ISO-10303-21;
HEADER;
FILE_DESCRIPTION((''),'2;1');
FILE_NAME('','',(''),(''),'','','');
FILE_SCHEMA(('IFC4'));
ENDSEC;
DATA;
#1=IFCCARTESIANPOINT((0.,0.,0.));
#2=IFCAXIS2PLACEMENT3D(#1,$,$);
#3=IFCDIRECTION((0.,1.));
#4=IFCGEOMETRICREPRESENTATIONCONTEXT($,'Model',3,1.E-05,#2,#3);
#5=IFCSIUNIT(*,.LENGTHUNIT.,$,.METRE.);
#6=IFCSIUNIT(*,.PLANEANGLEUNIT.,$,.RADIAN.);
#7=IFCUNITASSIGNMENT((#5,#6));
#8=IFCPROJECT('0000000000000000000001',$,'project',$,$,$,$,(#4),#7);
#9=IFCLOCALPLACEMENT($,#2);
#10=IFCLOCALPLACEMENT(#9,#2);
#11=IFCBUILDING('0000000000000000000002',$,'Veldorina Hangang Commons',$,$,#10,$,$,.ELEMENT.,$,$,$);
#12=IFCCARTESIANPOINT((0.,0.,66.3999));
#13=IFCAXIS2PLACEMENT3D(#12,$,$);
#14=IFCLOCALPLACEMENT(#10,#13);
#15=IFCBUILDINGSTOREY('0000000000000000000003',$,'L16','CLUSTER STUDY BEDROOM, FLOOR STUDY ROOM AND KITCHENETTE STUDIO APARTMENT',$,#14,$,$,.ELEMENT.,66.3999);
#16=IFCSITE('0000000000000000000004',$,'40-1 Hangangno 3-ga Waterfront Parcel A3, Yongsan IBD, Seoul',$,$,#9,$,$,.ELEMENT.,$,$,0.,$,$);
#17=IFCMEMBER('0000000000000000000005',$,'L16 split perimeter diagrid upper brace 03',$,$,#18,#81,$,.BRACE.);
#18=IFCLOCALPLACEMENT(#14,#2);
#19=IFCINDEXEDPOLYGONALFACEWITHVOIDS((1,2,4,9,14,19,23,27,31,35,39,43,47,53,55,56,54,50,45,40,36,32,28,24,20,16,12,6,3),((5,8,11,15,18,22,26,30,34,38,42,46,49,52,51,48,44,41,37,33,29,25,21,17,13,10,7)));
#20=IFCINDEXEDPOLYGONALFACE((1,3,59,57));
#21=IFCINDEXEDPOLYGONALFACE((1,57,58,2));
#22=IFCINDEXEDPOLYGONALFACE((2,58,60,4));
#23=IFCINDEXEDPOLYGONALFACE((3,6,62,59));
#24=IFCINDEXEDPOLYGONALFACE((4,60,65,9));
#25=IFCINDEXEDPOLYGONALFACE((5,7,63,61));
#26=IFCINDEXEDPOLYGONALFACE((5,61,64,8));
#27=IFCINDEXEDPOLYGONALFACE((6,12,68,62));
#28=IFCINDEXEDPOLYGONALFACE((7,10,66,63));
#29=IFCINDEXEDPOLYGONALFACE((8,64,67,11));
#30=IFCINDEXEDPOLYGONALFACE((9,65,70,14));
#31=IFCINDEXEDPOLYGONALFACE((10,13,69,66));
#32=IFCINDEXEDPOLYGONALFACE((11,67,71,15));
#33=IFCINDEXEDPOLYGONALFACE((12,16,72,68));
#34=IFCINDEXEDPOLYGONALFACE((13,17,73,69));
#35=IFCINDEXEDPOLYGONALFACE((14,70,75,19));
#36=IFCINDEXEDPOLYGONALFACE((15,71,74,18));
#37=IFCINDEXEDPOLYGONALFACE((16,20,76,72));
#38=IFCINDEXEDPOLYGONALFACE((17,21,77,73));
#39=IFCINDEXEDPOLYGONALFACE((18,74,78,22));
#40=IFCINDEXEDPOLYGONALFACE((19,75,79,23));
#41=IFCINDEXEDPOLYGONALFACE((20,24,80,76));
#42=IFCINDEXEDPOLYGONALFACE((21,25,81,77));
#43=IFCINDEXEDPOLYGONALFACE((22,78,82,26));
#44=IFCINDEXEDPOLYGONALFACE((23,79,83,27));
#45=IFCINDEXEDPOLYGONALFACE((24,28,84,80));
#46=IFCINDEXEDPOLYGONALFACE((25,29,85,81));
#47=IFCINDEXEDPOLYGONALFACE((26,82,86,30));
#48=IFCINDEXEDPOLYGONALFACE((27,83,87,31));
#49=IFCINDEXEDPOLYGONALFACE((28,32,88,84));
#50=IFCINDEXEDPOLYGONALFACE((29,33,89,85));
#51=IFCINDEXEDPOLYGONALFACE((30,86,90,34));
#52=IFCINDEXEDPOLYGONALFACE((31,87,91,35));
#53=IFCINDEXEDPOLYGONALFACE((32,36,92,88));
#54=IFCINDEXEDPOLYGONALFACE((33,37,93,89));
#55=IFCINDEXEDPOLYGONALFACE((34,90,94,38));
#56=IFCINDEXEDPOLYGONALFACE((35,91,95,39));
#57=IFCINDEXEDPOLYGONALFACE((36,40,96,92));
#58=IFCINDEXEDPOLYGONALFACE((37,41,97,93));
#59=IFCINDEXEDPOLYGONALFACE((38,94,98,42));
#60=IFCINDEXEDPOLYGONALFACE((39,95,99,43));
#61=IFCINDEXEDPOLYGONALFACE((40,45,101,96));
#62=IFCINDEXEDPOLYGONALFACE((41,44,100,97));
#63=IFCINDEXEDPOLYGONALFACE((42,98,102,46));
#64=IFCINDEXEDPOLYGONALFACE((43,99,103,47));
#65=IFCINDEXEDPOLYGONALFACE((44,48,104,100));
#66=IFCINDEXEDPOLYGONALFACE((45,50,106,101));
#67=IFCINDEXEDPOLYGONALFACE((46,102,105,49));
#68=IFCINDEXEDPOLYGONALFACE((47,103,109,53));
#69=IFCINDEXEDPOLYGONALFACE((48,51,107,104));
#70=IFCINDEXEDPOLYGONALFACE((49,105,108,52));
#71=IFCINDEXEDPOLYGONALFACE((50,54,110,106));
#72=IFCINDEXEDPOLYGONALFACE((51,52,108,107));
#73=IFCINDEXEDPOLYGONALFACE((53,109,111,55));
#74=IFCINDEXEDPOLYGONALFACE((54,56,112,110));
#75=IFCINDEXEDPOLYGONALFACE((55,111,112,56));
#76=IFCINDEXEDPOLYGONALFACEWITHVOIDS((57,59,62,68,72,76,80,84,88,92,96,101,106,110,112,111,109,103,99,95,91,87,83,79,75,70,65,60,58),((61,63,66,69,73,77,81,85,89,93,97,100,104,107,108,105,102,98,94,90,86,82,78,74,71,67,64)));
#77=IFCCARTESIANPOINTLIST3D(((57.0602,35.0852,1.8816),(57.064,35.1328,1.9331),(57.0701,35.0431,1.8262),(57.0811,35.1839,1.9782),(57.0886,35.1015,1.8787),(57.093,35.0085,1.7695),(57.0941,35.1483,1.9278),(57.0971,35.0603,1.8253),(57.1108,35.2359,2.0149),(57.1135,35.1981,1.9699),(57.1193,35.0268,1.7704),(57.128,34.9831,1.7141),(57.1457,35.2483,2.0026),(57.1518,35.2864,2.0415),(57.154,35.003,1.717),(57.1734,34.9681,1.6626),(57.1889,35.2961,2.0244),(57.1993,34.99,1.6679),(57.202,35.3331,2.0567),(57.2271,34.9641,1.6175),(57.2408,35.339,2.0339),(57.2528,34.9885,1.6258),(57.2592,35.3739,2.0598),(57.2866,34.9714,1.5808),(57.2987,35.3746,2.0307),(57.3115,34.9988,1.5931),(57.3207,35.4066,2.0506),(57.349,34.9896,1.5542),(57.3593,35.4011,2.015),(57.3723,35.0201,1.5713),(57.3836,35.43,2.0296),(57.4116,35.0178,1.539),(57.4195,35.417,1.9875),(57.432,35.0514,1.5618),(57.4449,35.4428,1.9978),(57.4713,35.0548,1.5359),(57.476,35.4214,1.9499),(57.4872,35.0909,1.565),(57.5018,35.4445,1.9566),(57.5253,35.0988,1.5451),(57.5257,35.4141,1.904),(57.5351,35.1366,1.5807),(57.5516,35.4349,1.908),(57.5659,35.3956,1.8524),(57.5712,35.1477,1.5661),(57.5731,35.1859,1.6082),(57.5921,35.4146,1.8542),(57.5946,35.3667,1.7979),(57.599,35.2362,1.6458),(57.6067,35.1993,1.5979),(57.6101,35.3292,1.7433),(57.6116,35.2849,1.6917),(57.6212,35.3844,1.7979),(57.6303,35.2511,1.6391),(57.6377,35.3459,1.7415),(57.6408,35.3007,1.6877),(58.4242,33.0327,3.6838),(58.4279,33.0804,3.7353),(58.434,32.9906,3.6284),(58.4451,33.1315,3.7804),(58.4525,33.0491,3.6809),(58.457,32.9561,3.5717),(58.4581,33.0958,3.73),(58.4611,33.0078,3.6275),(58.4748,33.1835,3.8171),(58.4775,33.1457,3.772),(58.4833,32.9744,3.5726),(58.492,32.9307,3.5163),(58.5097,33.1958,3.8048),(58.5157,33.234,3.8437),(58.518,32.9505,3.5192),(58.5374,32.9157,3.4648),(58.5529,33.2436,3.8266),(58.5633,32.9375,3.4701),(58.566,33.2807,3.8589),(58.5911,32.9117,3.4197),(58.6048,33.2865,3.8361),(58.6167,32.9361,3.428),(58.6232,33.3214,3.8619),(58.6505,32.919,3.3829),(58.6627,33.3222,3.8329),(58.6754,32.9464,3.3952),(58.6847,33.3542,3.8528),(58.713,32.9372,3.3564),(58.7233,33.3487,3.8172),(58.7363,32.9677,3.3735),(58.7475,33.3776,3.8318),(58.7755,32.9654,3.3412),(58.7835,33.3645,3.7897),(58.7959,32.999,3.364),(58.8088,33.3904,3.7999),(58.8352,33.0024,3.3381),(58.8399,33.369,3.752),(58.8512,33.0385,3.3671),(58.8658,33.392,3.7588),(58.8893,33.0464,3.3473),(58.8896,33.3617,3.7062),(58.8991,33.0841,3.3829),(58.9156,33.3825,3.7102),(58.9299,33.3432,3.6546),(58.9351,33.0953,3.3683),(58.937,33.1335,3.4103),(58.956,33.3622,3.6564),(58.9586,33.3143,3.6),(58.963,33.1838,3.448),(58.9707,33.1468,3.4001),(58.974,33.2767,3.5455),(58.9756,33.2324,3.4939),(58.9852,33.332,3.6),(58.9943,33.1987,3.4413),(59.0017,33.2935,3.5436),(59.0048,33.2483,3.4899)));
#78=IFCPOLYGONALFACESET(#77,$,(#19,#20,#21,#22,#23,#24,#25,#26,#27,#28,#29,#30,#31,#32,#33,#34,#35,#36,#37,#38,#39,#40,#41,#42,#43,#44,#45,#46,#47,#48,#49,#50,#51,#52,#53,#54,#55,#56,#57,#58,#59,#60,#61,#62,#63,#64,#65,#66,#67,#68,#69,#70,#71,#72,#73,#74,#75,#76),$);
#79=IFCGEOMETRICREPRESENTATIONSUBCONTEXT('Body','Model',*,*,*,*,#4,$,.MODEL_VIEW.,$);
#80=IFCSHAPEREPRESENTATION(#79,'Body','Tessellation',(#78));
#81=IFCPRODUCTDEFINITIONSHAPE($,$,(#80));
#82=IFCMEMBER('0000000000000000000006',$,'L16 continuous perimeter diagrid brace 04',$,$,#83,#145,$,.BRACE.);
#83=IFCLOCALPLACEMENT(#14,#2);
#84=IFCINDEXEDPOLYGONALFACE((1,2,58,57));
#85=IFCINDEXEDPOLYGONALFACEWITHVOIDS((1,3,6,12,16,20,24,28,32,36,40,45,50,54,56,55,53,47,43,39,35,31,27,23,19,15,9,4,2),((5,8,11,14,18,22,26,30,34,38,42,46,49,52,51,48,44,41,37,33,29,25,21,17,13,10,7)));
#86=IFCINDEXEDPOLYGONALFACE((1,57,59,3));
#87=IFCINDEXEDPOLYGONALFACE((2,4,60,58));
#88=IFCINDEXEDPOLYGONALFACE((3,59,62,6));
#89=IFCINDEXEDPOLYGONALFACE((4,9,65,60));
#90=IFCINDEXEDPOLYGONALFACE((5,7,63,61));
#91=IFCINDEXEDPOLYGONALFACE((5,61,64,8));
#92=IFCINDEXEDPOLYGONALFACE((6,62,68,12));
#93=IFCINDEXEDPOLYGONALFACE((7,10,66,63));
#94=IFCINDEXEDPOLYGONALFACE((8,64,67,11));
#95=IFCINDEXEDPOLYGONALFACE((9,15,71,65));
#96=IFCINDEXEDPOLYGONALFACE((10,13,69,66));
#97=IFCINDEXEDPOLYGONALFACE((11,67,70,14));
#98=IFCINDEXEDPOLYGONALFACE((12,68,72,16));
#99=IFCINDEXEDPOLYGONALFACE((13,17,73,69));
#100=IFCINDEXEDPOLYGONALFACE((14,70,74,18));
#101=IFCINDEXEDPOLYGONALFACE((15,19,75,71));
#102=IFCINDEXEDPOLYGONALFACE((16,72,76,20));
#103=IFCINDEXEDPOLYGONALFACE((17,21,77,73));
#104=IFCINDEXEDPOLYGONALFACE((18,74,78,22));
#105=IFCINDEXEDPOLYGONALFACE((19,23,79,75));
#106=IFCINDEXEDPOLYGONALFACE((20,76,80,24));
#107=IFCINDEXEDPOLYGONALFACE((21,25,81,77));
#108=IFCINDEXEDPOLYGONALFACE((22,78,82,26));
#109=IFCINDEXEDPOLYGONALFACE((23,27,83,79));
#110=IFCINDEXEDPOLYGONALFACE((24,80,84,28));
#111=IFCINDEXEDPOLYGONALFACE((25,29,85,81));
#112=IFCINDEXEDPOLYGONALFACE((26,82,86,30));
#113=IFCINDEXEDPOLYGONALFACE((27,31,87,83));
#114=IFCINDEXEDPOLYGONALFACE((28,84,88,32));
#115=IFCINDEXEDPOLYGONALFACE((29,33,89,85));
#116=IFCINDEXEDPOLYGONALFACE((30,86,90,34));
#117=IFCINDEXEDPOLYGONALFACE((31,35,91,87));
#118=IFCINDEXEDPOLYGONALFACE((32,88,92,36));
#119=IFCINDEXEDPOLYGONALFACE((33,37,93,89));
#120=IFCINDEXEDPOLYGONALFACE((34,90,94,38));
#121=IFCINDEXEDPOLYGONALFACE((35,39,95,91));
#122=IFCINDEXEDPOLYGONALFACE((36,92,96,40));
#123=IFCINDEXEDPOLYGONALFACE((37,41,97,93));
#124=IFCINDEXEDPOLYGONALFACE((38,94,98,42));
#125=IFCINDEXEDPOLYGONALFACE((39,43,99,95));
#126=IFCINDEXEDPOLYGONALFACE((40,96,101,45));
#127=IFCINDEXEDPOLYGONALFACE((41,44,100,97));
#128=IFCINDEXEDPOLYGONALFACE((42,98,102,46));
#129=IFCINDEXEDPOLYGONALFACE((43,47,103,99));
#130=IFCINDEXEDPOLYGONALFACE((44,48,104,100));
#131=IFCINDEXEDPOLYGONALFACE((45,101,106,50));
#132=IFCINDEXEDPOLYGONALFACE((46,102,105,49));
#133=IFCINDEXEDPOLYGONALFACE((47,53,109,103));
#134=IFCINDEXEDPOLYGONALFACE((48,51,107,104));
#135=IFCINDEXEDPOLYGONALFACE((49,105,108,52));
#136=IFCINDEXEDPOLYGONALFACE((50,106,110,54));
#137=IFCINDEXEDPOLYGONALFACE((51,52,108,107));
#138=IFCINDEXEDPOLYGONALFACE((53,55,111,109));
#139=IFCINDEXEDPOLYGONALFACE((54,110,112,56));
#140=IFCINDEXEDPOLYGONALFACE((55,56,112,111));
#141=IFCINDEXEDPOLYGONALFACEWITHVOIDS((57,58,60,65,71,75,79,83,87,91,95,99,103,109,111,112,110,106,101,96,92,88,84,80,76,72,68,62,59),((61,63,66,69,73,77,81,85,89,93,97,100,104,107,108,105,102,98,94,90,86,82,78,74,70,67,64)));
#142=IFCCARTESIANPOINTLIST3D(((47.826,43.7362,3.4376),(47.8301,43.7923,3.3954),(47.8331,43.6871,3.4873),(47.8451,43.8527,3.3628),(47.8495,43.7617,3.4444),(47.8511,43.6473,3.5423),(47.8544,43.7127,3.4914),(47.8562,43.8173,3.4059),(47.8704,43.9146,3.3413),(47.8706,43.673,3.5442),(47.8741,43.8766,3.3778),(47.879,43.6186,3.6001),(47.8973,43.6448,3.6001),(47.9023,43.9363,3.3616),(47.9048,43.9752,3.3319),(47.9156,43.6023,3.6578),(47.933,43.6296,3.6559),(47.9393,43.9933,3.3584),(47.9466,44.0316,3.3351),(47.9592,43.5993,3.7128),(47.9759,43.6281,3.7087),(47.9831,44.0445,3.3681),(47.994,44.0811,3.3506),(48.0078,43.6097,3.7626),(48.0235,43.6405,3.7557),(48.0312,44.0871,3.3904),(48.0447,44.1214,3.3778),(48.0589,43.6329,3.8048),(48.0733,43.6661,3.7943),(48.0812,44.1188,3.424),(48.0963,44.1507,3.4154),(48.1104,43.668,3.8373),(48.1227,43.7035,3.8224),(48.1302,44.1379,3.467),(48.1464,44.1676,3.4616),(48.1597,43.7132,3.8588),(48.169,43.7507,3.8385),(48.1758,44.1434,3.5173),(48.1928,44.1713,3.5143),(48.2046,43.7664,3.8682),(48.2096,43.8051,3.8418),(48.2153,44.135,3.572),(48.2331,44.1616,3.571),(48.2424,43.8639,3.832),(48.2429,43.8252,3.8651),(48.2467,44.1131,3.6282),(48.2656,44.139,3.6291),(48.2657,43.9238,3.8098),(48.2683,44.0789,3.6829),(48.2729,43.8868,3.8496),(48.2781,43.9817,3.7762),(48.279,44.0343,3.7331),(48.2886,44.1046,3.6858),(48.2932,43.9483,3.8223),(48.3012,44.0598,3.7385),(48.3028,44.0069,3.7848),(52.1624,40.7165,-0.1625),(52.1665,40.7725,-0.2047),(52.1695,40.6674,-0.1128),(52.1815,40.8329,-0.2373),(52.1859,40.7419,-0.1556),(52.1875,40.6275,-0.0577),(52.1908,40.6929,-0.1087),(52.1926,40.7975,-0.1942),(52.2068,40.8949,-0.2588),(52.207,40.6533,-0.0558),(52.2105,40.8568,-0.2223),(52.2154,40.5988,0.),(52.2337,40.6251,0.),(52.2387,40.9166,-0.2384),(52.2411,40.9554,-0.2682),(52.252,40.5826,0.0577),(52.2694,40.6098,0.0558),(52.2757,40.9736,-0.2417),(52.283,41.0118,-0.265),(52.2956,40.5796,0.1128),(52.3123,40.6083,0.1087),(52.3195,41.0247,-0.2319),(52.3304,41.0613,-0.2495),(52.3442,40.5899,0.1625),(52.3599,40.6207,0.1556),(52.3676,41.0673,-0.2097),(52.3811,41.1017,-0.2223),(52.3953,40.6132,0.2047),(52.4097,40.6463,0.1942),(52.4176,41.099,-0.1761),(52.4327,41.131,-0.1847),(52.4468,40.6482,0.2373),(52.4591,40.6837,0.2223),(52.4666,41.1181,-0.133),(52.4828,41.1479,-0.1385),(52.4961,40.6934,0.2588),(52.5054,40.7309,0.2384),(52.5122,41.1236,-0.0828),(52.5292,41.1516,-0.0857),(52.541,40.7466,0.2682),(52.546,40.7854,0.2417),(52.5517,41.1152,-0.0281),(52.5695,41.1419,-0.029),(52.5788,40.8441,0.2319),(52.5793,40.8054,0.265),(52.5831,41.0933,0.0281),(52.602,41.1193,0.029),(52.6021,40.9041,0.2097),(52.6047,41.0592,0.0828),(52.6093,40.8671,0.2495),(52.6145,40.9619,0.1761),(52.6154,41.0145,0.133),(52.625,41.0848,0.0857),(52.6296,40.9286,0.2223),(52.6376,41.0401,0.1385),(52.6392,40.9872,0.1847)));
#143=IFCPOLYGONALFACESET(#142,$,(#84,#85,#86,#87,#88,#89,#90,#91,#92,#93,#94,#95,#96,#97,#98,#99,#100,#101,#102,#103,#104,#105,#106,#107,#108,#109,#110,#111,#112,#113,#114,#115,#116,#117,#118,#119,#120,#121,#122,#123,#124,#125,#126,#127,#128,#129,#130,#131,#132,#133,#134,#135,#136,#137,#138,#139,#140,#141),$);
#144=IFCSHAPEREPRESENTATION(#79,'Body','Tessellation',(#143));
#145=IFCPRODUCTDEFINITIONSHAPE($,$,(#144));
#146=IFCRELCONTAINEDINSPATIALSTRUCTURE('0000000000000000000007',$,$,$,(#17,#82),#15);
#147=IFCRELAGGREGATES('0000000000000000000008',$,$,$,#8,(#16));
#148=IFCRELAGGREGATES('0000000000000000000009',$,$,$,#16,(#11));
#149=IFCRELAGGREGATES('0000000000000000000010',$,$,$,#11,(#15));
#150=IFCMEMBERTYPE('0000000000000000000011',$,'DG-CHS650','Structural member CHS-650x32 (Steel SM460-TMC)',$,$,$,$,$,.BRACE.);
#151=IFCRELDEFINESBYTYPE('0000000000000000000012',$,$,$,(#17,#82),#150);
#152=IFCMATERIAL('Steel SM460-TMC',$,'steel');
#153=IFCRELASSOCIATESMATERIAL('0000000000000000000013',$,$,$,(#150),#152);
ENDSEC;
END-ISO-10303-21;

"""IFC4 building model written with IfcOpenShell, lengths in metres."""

from ifc_helpers import new_model, si_unit, direction, frame, origin, origin_2d, place, context, subcontext, project, spatial, hollow_circle, extrude, material, material_profile, profile_set, type_object, element, save


model = new_model("IFC4")

# Units and contexts
model_context = context("Model", 3, precision=1e-05, world=origin(), true_north=direction((0.0, 1.0)))
body_context = subcontext(model_context, "Body", "Model", "MODEL_VIEW")
ifc_project = project(units=[si_unit("LENGTHUNIT", "METRE"), si_unit("PLANEANGLEUNIT", "RADIAN")], contexts=[model_context])

# Site, building, storey
site_placement = place(None, origin())
site = spatial("IfcSite", under=ifc_project, at=site_placement, Name="40-1 Hangangno 3-ga Waterfront Parcel A3, Yongsan IBD, Seoul", CompositionType="ELEMENT", RefElevation=0.0)
building_placement = place(site_placement, origin())
building = spatial("IfcBuilding", under=site, at=building_placement, Name="Veldorina Hangang Commons", CompositionType="ELEMENT")
storey_placement = place(building_placement, frame((0.0, 0.0, 66.3999)))
storey = spatial("IfcBuildingStorey", under=building, at=storey_placement, Name="L16", Description="CLUSTER STUDY BEDROOM, FLOOR STUDY ROOM AND KITCHENETTE STUDIO APARTMENT", CompositionType="ELEMENT", Elevation=66.3999)

# Members
ifc_material_1 = material(Name="Steel SM460-TMC", Category="steel")
ifc_material_profile_1 = material_profile(ifc_material_1, hollow_circle(Radius=0.325, WallThickness=0.032, at=origin_2d()), Name="CHS-650x32")
ifc_profile_set_1 = profile_set([ifc_material_profile_1], Name="Steel SM460-TMC")
member_type = type_object("IfcMemberType", Name="DG-CHS650", Description="Structural member CHS-650x32 (Steel SM460-TMC)", PredefinedType="BRACE", material=ifc_profile_set_1)
member_1_placement = place(storey_placement, frame((57.3506, 35.2046, 1.7979), z_axis=(0.446765, -0.672267, 0.590303), x_axis=(0.832857, 0.553488, 0.0)))
element("IfcMember", 1, at=member_1_placement, inside=storey, type_object=member_type, Name="L16 split perimeter diagrid upper brace 03", PredefinedType="BRACE", context=body_context, shape_type="SweptSolid", body=[
    extrude(hollow_circle(Radius=0.325, WallThickness=0.032, at=origin_2d()), origin(), (0.0, 0.0, 1.0), 3.053),
])
member_2_placement = place(storey_placement, frame((52.4011, 40.8655, 0.0), z_axis=(-0.678193, 0.472276, 0.563036), x_axis=(-0.571464, -0.820627, 0.0)))
element("IfcMember", 2, at=member_2_placement, inside=storey, type_object=member_type, Name="L16 continuous perimeter diagrid brace 04", PredefinedType="BRACE", context=body_context, shape_type="SweptSolid", body=[
    extrude(hollow_circle(Radius=0.325, WallThickness=0.032, at=origin_2d()), origin(), (0.0, 0.0, 1.0), 6.394),
])

save(model, "model.ifc")
